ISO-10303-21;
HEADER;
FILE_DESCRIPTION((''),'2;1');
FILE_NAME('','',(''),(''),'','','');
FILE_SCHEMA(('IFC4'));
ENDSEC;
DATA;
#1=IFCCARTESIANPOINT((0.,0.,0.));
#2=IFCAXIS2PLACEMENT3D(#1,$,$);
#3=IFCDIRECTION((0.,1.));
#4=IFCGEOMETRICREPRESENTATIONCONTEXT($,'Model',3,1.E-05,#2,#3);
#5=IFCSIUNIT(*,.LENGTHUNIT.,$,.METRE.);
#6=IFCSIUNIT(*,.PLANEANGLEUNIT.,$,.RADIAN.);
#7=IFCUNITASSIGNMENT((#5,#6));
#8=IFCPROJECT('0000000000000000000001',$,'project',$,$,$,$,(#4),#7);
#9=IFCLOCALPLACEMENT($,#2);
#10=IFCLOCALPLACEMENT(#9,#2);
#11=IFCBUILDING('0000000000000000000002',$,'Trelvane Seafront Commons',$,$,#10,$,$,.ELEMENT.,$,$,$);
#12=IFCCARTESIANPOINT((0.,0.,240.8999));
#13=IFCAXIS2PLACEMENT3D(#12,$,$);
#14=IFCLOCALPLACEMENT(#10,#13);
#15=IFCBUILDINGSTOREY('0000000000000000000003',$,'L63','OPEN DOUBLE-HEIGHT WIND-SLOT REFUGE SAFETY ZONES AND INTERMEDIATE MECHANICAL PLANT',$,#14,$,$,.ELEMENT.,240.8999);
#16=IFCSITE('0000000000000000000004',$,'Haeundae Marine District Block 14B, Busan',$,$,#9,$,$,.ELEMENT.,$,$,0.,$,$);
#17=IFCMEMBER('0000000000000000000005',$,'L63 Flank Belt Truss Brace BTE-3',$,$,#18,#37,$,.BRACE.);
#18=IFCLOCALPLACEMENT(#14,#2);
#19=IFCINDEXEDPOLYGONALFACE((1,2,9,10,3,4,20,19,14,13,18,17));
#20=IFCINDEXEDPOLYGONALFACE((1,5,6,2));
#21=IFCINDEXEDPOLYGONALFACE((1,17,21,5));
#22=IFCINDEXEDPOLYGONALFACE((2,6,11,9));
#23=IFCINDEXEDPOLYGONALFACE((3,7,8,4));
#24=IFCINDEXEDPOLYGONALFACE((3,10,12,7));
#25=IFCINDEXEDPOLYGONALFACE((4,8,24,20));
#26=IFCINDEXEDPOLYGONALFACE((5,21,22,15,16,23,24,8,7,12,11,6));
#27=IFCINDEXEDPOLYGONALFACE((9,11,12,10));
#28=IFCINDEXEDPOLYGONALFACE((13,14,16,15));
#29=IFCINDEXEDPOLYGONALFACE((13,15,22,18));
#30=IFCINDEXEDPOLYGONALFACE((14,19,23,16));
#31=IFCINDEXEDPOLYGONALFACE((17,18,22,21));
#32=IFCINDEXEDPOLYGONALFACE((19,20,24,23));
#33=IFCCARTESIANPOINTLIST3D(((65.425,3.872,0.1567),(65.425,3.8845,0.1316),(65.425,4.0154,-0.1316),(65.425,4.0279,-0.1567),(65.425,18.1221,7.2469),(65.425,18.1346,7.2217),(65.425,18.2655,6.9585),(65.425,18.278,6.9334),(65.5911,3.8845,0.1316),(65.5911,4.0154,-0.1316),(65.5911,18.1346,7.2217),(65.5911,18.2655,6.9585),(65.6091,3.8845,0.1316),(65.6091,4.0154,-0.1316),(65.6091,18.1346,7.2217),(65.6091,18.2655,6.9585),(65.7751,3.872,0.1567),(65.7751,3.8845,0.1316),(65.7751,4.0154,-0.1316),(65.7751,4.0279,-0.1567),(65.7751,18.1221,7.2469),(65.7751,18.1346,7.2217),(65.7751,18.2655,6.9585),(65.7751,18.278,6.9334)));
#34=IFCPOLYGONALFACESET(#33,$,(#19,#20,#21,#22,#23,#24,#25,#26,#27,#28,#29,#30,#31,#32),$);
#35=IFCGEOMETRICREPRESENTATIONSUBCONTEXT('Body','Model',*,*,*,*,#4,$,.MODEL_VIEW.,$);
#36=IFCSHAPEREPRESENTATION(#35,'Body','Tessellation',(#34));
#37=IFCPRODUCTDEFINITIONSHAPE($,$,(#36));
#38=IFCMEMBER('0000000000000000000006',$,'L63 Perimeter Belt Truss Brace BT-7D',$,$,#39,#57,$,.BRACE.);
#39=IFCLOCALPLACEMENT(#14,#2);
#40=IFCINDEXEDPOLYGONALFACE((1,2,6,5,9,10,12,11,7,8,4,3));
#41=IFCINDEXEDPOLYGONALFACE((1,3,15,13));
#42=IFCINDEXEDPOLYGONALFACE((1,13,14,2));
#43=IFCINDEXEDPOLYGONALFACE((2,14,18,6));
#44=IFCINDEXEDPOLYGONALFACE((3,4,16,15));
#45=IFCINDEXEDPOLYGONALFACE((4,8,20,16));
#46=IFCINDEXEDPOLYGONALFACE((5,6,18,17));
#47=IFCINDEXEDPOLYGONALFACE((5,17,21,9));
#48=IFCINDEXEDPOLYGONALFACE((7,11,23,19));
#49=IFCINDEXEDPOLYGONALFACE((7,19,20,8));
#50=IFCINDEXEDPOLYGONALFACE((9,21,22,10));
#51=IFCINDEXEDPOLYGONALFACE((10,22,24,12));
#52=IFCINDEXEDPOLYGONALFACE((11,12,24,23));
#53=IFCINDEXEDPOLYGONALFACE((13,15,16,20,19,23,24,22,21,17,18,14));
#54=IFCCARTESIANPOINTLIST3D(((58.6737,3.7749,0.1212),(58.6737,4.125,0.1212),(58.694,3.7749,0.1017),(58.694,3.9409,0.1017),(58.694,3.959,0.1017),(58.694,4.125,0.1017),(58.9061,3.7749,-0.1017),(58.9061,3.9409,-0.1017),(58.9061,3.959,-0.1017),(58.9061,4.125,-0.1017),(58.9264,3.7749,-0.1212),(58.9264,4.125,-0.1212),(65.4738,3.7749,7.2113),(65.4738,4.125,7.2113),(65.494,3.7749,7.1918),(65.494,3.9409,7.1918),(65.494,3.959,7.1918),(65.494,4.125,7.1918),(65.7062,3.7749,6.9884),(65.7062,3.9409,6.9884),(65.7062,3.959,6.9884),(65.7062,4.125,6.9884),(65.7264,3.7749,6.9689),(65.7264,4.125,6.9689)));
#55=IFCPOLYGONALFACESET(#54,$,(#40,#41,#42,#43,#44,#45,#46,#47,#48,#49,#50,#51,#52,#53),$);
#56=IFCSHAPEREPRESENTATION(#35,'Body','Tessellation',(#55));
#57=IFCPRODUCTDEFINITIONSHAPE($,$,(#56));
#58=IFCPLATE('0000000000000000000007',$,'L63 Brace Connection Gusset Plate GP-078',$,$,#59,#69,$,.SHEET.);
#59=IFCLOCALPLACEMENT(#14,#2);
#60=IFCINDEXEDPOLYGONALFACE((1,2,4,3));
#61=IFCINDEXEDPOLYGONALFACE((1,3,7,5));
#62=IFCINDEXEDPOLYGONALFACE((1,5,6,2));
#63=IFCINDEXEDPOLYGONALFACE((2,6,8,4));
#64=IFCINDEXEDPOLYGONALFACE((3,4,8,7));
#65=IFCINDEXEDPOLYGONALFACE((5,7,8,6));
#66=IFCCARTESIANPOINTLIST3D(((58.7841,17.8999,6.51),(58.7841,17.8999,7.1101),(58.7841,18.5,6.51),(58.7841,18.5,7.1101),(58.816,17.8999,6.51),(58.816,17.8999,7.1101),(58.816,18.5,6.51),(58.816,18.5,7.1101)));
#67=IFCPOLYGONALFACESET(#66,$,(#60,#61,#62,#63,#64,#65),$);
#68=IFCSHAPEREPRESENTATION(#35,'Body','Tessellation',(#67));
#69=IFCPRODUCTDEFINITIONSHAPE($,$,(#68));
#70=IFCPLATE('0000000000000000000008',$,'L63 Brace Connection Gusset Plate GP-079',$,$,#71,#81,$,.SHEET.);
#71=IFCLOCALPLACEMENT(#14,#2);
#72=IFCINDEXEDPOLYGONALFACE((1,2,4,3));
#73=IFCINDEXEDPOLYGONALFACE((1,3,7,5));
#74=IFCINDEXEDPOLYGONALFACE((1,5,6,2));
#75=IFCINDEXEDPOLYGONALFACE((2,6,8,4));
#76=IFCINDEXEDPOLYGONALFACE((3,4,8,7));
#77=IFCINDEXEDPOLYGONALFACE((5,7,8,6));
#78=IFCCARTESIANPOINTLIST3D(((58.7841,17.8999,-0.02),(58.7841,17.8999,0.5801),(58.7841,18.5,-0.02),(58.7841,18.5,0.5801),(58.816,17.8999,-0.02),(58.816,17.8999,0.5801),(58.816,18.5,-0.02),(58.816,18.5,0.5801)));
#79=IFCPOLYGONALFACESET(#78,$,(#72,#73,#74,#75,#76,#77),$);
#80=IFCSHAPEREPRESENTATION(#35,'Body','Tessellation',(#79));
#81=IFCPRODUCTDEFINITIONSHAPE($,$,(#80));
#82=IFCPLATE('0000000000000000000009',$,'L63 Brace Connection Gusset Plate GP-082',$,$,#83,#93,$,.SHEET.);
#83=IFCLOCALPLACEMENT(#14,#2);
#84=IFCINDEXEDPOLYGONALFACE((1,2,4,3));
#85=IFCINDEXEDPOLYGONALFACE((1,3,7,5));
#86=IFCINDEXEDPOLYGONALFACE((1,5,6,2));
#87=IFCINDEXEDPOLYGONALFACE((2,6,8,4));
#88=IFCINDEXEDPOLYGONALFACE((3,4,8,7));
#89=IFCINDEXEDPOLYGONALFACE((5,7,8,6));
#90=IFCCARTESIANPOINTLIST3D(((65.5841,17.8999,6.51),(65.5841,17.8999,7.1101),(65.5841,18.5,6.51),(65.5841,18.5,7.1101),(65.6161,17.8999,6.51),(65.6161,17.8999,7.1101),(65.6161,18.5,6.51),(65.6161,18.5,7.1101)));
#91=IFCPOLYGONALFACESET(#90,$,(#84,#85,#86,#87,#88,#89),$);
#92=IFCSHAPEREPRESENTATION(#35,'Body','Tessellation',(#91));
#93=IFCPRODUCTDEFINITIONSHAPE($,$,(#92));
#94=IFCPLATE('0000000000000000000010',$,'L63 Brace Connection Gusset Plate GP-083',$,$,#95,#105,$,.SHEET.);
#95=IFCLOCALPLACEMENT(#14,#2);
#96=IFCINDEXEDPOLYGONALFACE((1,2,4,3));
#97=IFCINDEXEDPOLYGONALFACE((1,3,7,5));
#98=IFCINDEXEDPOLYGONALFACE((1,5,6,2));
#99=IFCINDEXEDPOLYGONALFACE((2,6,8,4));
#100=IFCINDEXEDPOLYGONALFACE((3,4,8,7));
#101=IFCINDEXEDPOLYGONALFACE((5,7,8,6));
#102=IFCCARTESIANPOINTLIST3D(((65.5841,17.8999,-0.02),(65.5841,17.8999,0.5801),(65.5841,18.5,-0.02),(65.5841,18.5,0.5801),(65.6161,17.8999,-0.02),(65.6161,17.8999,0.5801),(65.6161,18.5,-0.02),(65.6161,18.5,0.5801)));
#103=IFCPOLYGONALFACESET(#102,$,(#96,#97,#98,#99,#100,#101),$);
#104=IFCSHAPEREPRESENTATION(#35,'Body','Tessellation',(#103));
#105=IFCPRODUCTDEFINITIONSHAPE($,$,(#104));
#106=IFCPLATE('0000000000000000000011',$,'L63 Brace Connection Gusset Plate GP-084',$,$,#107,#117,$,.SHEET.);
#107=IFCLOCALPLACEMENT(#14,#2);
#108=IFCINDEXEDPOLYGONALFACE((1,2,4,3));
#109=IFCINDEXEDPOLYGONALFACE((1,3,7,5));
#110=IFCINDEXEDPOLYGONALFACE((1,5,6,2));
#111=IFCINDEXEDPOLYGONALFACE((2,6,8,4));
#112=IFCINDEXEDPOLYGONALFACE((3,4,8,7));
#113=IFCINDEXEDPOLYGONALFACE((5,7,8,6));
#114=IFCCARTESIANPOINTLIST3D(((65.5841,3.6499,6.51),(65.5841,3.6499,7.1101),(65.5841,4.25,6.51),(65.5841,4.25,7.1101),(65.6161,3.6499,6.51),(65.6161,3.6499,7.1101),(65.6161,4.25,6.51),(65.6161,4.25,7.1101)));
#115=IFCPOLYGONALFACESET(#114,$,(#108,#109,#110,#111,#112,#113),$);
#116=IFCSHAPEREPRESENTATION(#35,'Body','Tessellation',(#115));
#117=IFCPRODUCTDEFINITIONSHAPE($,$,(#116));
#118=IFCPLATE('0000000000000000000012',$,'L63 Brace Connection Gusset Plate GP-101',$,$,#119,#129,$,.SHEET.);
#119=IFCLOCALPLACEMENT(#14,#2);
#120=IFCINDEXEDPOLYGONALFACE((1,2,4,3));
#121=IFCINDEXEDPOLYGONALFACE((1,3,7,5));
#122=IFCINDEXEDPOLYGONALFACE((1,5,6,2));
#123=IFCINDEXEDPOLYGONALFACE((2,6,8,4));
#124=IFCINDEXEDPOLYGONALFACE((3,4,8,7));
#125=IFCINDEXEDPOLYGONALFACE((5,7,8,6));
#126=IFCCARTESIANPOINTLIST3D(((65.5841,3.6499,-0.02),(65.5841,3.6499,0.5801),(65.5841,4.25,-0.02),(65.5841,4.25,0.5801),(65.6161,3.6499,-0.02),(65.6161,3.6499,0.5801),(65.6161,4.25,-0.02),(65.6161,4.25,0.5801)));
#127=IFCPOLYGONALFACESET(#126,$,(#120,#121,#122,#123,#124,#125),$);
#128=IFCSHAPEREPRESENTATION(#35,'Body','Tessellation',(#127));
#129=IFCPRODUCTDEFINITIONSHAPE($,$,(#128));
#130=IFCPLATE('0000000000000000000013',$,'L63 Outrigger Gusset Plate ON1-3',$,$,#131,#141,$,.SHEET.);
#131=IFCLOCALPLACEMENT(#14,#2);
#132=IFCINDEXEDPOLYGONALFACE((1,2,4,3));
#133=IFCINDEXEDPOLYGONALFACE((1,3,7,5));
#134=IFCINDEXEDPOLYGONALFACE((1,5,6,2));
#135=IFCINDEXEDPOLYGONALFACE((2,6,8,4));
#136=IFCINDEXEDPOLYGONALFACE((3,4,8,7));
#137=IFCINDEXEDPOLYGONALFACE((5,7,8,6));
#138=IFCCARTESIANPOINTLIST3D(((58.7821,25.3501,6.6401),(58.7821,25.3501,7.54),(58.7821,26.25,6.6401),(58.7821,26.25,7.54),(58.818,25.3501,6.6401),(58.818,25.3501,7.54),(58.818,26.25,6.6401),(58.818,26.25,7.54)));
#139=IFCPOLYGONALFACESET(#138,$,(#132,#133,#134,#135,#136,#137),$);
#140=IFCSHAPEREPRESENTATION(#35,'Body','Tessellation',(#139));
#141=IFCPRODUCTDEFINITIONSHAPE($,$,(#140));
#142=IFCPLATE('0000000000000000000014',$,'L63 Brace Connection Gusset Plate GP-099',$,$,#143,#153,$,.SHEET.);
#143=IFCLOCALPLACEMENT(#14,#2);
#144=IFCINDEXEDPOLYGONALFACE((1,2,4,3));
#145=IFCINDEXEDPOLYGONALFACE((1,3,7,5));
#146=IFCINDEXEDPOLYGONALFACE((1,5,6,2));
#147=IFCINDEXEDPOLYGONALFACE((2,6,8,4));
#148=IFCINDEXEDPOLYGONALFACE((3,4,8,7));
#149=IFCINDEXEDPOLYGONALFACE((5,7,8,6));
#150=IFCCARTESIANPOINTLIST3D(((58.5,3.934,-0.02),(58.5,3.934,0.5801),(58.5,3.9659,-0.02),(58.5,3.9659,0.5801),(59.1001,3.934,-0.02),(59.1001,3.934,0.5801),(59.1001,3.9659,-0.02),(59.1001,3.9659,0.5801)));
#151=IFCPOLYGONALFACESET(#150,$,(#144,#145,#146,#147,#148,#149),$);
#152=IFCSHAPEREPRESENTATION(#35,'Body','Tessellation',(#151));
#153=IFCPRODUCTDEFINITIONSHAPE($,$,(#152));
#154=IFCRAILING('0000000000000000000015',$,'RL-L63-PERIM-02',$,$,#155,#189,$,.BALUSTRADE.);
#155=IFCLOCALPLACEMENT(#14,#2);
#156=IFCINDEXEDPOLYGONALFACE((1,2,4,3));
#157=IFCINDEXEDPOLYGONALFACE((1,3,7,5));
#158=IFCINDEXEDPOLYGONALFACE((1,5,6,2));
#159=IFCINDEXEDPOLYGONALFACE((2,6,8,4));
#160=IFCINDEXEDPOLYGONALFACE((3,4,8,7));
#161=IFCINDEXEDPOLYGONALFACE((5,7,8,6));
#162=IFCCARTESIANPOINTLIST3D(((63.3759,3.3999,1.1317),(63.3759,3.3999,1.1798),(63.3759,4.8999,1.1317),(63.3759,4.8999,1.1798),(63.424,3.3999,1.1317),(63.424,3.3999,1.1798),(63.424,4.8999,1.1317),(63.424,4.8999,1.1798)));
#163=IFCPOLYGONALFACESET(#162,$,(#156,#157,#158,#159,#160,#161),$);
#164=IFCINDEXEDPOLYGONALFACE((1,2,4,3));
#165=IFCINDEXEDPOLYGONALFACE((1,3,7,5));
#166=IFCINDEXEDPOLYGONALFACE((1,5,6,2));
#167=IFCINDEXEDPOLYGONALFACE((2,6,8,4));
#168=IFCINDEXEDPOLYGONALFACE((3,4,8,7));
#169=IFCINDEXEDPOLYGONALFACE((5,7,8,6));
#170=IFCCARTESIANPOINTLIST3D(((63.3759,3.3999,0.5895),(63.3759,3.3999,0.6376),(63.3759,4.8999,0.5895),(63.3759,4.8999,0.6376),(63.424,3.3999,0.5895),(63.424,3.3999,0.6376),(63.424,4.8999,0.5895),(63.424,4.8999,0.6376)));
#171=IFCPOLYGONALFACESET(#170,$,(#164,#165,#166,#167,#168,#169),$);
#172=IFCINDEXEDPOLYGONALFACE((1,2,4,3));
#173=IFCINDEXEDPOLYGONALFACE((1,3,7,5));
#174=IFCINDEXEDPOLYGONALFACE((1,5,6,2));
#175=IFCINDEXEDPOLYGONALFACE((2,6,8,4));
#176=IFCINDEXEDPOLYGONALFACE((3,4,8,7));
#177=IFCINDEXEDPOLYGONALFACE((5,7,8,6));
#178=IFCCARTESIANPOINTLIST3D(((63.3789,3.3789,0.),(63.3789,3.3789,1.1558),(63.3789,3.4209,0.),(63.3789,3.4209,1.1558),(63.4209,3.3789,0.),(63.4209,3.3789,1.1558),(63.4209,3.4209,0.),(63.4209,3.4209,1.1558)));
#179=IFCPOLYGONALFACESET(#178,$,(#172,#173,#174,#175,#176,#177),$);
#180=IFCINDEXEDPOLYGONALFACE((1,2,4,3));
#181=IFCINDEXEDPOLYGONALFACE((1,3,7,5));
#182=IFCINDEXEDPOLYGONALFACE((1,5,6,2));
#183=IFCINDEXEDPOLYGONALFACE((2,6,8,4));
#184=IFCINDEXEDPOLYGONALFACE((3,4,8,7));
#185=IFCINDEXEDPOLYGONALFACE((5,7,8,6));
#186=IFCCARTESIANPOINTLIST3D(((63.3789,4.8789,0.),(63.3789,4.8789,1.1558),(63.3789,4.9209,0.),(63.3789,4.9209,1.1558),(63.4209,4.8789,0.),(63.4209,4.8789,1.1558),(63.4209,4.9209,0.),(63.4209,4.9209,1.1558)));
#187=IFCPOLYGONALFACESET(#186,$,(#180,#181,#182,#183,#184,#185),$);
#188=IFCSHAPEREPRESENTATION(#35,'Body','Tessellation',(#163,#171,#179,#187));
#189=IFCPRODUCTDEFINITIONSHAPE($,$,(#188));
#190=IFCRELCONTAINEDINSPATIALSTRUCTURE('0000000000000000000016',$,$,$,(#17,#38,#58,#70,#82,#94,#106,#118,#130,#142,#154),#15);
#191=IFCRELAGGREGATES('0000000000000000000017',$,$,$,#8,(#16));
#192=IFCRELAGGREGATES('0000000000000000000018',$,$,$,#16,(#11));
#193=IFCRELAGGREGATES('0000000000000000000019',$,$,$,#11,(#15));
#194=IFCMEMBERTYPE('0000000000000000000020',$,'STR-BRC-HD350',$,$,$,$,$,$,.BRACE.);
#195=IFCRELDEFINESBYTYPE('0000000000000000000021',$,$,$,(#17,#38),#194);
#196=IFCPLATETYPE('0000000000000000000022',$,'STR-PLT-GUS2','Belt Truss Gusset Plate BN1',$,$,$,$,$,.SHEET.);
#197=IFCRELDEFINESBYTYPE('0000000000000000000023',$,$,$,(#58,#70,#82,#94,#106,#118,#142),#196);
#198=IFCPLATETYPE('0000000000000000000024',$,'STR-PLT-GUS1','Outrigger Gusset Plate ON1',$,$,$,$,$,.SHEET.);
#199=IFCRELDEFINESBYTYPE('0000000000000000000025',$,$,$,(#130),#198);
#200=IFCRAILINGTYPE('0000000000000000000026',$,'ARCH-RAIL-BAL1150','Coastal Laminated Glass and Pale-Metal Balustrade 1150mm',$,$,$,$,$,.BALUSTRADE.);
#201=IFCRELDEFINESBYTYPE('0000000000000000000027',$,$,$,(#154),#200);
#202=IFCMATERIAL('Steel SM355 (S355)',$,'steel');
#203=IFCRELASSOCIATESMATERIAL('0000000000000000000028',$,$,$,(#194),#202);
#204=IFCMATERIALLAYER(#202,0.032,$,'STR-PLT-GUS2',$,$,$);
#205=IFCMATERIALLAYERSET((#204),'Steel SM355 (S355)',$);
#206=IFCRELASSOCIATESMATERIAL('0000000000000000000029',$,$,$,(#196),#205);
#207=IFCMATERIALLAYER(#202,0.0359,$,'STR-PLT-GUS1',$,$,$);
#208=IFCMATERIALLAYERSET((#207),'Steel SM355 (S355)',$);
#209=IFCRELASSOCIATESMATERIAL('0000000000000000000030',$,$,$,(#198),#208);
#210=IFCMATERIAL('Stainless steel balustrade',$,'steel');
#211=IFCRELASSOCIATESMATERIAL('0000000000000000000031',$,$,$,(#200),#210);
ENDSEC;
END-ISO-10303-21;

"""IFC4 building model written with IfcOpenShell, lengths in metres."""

from ifc_helpers import new_model, si_unit, direction, frame, origin, origin_2d, place, context, subcontext, project, spatial, rectangle, i_section, extrude, source, transform, mapped, material, layer, layer_set, material_profile, profile_set, type_object, element, save


model = new_model("IFC4")

# Units and contexts
model_context = context("Model", 3, precision=1e-05, world=origin(), true_north=direction((0.0, 1.0)))
body_context = subcontext(model_context, "Body", "Model", "MODEL_VIEW")
ifc_project = project(units=[si_unit("LENGTHUNIT", "METRE"), si_unit("PLANEANGLEUNIT", "RADIAN")], contexts=[model_context])

# Site, building, storey
site_placement = place(None, origin())
site = spatial("IfcSite", under=ifc_project, at=site_placement, Name="Haeundae Marine District Block 14B, Busan", CompositionType="ELEMENT", RefElevation=0.0)
building_placement = place(site_placement, origin())
building = spatial("IfcBuilding", under=site, at=building_placement, Name="Trelvane Seafront Commons", CompositionType="ELEMENT")
storey_placement = place(building_placement, frame((0.0, 0.0, 240.8999)))
storey = spatial("IfcBuildingStorey", under=building, at=storey_placement, Name="L63", Description="OPEN DOUBLE-HEIGHT WIND-SLOT REFUGE SAFETY ZONES AND INTERMEDIATE MECHANICAL PLANT", CompositionType="ELEMENT", Elevation=240.8999)

# Shared definitions
ifc_material_1 = material(Name="Steel SM355 (S355)", Category="steel")

# Members
ifc_material_profile_1 = material_profile(ifc_material_1, i_section(OverallWidth=0.3501, OverallDepth=0.3501, WebThickness=0.0181, FlangeThickness=0.0281, at=origin_2d()), Name="HD-350x350x18x28")
ifc_profile_set_1 = profile_set([ifc_material_profile_1], Name="Steel SM355 (S355)")
member_type_1 = type_object("IfcMemberType", Name="STR-BRC-HD350", PredefinedType="BRACE", material=ifc_profile_set_1)
shared_shape_1 = source(origin(), body_context, "Body", "SweptSolid", [
    extrude(i_section(OverallWidth=0.3501, OverallDepth=0.3501, WebThickness=0.0181, FlangeThickness=0.0281, at=origin_2d()), origin(), (0.0, 0.0, 1.0), 15.9165),
])
for number, where, z_axis, x_axis, name in (
    (1, (65.6001, 3.95, 0.0), (0.0, 0.895303, 0.445458), (-1.0, 0.0, 0.0), "L63 Flank Belt Truss Brace BTE-3"),
):
    element("IfcMember", number, at=place(storey_placement, frame(where, z_axis=z_axis, x_axis=x_axis)), inside=storey, type_object=member_type_1, Name=name, PredefinedType="BRACE", context=body_context, shape_type="MappedRepresentation", body=[
        mapped(shared_shape_1, transform((0.0, 0.0, 0.0), x_axis=(1.0, 0.0, 0.0), y_axis=(0.0, 1.0, 0.0), z_axis=(0.0, 0.0, 1.0), scale=1.0)),
    ])
shared_shape_2 = source(origin(), body_context, "Body", "SweptSolid", [
    extrude(i_section(OverallWidth=0.3501, OverallDepth=0.3501, WebThickness=0.0181, FlangeThickness=0.0281, at=origin_2d()), origin(), (0.0, 0.0, 1.0), 9.824),
])
member_1_placement = place(storey_placement, frame((58.8, 3.95, 0.0), z_axis=(0.692191, 0.0, 0.721715), x_axis=(0.0, 1.0, 0.0)))
element("IfcMember", 2, at=member_1_placement, inside=storey, type_object=member_type_1, Name="L63 Perimeter Belt Truss Brace BT-7D", PredefinedType="BRACE", context=body_context, shape_type="MappedRepresentation", body=[
    mapped(shared_shape_2, transform((0.0, 0.0, 0.0), x_axis=(1.0, 0.0, 0.0), y_axis=(0.0, 1.0, 0.0), z_axis=(0.0, 0.0, 1.0), scale=1.0)),
])

# Plates
ifc_layer_1 = layer(ifc_material_1, 0.032, Name="STR-PLT-GUS2")
ifc_layer_set_1 = layer_set([ifc_layer_1], Name="Steel SM355 (S355)")
plate_type_1 = type_object("IfcPlateType", Name="STR-PLT-GUS2", Description="Belt Truss Gusset Plate BN1", PredefinedType="SHEET", material=ifc_layer_set_1)
shared_shape_3 = source(origin(), body_context, "Body", "SweptSolid", [
    extrude(rectangle(XDim=0.032, YDim=0.6001, at=origin_2d()), origin(), (0.0, 0.0, 1.0), 0.6001),
])
for number, where, z_axis, x_axis, name in (
    (3, (58.8, 18.2, 6.51), (0.0, 0.0, 1.0), (1.0, 0.0, 0.0), "L63 Brace Connection Gusset Plate GP-078"),
    (4, (58.8, 18.2, -0.02), (0.0, 0.0, 1.0), (1.0, 0.0, 0.0), "L63 Brace Connection Gusset Plate GP-079"),
    (5, (65.6001, 18.2, 6.51), (0.0, 0.0, 1.0), (1.0, 0.0, 0.0), "L63 Brace Connection Gusset Plate GP-082"),
    (6, (65.6001, 18.2, -0.02), (0.0, 0.0, 1.0), (1.0, 0.0, 0.0), "L63 Brace Connection Gusset Plate GP-083"),
    (7, (65.6001, 3.95, 6.51), (0.0, 0.0, 1.0), (1.0, 0.0, 0.0), "L63 Brace Connection Gusset Plate GP-084"),
    (8, (65.6001, 3.95, -0.02), (0.0, 0.0, 1.0), (1.0, 0.0, 0.0), "L63 Brace Connection Gusset Plate GP-101"),
):
    element("IfcPlate", number, at=place(storey_placement, frame(where, z_axis=z_axis, x_axis=x_axis)), inside=storey, type_object=plate_type_1, Name=name, PredefinedType="SHEET", context=body_context, shape_type="MappedRepresentation", body=[
        mapped(shared_shape_3, transform((0.0, 0.0, 0.0), x_axis=(1.0, 0.0, 0.0), y_axis=(0.0, 1.0, 0.0), z_axis=(0.0, 0.0, 1.0), scale=1.0)),
    ])
ifc_layer_2 = layer(ifc_material_1, 0.0359, Name="STR-PLT-GUS1")
ifc_layer_set_2 = layer_set([ifc_layer_2], Name="Steel SM355 (S355)")
plate_type_2 = type_object("IfcPlateType", Name="STR-PLT-GUS1", Description="Outrigger Gusset Plate ON1", PredefinedType="SHEET", material=ifc_layer_set_2)
shared_shape_4 = source(origin(), body_context, "Body", "SweptSolid", [
    extrude(rectangle(XDim=0.0359, YDim=0.8999, at=origin_2d()), origin(), (0.0, 0.0, 1.0), 0.8999),
])
plate_1_placement = place(storey_placement, frame((58.8, 25.8, 6.6401), z_axis=(0.0, 0.0, 1.0), x_axis=(1.0, 0.0, 0.0)))
element("IfcPlate", 9, at=plate_1_placement, inside=storey, type_object=plate_type_2, Name="L63 Outrigger Gusset Plate ON1-3", PredefinedType="SHEET", context=body_context, shape_type="MappedRepresentation", body=[
    mapped(shared_shape_4, transform((0.0, 0.0, 0.0), x_axis=(1.0, 0.0, 0.0), y_axis=(0.0, 1.0, 0.0), z_axis=(0.0, 0.0, 1.0), scale=1.0)),
])
shared_shape_5 = source(origin(), body_context, "Body", "SweptSolid", [
    extrude(rectangle(XDim=0.6001, YDim=0.032, at=origin_2d()), origin(), (0.0, 0.0, 1.0), 0.6001),
])
plate_2_placement = place(storey_placement, frame((58.8, 3.95, -0.02), z_axis=(0.0, 0.0, 1.0), x_axis=(1.0, 0.0, 0.0)))
element("IfcPlate", 10, at=plate_2_placement, inside=storey, type_object=plate_type_1, Name="L63 Brace Connection Gusset Plate GP-099", PredefinedType="SHEET", context=body_context, shape_type="MappedRepresentation", body=[
    mapped(shared_shape_5, transform((0.0, 0.0, 0.0), x_axis=(1.0, 0.0, 0.0), y_axis=(0.0, 1.0, 0.0), z_axis=(0.0, 0.0, 1.0), scale=1.0)),
])

# Railing
ifc_material_2 = material(Name="Stainless steel balustrade", Category="steel")
railing_type = type_object("IfcRailingType", Name="ARCH-RAIL-BAL1150", Description="Coastal Laminated Glass and Pale-Metal Balustrade 1150mm", PredefinedType="BALUSTRADE", material=ifc_material_2)
railing_1_placement = place(storey_placement, frame((63.3999, 3.3999, 0.0)))
element("IfcRailing", 11, at=railing_1_placement, inside=storey, type_object=railing_type, Name="RL-L63-PERIM-02", PredefinedType="BALUSTRADE", context=body_context, shape_type="SweptSolid", body=[
    extrude(rectangle(XDim=0.0481, YDim=0.0481, at=origin_2d()), frame((0.0, 0.0, 1.1558), z_axis=(0.0, 1.0, 0.0), x_axis=(-1.0, 0.0, 0.0)), (0.0, 0.0, 1.0), 1.5),
    extrude(rectangle(XDim=0.0481, YDim=0.0481, at=origin_2d()), frame((0.0, 0.0, 0.6135), z_axis=(0.0, 1.0, 0.0), x_axis=(-1.0, 0.0, 0.0)), (0.0, 0.0, 1.0), 1.5),
    extrude(rectangle(XDim=0.042, YDim=0.042, at=origin_2d()), origin(), (0.0, 0.0, 1.0), 1.1558),
    extrude(rectangle(XDim=0.042, YDim=0.042, at=origin_2d()), frame((0.0, 1.5, 0.0)), (0.0, 0.0, 1.0), 1.1558),
])

save(model, "model.ifc")
